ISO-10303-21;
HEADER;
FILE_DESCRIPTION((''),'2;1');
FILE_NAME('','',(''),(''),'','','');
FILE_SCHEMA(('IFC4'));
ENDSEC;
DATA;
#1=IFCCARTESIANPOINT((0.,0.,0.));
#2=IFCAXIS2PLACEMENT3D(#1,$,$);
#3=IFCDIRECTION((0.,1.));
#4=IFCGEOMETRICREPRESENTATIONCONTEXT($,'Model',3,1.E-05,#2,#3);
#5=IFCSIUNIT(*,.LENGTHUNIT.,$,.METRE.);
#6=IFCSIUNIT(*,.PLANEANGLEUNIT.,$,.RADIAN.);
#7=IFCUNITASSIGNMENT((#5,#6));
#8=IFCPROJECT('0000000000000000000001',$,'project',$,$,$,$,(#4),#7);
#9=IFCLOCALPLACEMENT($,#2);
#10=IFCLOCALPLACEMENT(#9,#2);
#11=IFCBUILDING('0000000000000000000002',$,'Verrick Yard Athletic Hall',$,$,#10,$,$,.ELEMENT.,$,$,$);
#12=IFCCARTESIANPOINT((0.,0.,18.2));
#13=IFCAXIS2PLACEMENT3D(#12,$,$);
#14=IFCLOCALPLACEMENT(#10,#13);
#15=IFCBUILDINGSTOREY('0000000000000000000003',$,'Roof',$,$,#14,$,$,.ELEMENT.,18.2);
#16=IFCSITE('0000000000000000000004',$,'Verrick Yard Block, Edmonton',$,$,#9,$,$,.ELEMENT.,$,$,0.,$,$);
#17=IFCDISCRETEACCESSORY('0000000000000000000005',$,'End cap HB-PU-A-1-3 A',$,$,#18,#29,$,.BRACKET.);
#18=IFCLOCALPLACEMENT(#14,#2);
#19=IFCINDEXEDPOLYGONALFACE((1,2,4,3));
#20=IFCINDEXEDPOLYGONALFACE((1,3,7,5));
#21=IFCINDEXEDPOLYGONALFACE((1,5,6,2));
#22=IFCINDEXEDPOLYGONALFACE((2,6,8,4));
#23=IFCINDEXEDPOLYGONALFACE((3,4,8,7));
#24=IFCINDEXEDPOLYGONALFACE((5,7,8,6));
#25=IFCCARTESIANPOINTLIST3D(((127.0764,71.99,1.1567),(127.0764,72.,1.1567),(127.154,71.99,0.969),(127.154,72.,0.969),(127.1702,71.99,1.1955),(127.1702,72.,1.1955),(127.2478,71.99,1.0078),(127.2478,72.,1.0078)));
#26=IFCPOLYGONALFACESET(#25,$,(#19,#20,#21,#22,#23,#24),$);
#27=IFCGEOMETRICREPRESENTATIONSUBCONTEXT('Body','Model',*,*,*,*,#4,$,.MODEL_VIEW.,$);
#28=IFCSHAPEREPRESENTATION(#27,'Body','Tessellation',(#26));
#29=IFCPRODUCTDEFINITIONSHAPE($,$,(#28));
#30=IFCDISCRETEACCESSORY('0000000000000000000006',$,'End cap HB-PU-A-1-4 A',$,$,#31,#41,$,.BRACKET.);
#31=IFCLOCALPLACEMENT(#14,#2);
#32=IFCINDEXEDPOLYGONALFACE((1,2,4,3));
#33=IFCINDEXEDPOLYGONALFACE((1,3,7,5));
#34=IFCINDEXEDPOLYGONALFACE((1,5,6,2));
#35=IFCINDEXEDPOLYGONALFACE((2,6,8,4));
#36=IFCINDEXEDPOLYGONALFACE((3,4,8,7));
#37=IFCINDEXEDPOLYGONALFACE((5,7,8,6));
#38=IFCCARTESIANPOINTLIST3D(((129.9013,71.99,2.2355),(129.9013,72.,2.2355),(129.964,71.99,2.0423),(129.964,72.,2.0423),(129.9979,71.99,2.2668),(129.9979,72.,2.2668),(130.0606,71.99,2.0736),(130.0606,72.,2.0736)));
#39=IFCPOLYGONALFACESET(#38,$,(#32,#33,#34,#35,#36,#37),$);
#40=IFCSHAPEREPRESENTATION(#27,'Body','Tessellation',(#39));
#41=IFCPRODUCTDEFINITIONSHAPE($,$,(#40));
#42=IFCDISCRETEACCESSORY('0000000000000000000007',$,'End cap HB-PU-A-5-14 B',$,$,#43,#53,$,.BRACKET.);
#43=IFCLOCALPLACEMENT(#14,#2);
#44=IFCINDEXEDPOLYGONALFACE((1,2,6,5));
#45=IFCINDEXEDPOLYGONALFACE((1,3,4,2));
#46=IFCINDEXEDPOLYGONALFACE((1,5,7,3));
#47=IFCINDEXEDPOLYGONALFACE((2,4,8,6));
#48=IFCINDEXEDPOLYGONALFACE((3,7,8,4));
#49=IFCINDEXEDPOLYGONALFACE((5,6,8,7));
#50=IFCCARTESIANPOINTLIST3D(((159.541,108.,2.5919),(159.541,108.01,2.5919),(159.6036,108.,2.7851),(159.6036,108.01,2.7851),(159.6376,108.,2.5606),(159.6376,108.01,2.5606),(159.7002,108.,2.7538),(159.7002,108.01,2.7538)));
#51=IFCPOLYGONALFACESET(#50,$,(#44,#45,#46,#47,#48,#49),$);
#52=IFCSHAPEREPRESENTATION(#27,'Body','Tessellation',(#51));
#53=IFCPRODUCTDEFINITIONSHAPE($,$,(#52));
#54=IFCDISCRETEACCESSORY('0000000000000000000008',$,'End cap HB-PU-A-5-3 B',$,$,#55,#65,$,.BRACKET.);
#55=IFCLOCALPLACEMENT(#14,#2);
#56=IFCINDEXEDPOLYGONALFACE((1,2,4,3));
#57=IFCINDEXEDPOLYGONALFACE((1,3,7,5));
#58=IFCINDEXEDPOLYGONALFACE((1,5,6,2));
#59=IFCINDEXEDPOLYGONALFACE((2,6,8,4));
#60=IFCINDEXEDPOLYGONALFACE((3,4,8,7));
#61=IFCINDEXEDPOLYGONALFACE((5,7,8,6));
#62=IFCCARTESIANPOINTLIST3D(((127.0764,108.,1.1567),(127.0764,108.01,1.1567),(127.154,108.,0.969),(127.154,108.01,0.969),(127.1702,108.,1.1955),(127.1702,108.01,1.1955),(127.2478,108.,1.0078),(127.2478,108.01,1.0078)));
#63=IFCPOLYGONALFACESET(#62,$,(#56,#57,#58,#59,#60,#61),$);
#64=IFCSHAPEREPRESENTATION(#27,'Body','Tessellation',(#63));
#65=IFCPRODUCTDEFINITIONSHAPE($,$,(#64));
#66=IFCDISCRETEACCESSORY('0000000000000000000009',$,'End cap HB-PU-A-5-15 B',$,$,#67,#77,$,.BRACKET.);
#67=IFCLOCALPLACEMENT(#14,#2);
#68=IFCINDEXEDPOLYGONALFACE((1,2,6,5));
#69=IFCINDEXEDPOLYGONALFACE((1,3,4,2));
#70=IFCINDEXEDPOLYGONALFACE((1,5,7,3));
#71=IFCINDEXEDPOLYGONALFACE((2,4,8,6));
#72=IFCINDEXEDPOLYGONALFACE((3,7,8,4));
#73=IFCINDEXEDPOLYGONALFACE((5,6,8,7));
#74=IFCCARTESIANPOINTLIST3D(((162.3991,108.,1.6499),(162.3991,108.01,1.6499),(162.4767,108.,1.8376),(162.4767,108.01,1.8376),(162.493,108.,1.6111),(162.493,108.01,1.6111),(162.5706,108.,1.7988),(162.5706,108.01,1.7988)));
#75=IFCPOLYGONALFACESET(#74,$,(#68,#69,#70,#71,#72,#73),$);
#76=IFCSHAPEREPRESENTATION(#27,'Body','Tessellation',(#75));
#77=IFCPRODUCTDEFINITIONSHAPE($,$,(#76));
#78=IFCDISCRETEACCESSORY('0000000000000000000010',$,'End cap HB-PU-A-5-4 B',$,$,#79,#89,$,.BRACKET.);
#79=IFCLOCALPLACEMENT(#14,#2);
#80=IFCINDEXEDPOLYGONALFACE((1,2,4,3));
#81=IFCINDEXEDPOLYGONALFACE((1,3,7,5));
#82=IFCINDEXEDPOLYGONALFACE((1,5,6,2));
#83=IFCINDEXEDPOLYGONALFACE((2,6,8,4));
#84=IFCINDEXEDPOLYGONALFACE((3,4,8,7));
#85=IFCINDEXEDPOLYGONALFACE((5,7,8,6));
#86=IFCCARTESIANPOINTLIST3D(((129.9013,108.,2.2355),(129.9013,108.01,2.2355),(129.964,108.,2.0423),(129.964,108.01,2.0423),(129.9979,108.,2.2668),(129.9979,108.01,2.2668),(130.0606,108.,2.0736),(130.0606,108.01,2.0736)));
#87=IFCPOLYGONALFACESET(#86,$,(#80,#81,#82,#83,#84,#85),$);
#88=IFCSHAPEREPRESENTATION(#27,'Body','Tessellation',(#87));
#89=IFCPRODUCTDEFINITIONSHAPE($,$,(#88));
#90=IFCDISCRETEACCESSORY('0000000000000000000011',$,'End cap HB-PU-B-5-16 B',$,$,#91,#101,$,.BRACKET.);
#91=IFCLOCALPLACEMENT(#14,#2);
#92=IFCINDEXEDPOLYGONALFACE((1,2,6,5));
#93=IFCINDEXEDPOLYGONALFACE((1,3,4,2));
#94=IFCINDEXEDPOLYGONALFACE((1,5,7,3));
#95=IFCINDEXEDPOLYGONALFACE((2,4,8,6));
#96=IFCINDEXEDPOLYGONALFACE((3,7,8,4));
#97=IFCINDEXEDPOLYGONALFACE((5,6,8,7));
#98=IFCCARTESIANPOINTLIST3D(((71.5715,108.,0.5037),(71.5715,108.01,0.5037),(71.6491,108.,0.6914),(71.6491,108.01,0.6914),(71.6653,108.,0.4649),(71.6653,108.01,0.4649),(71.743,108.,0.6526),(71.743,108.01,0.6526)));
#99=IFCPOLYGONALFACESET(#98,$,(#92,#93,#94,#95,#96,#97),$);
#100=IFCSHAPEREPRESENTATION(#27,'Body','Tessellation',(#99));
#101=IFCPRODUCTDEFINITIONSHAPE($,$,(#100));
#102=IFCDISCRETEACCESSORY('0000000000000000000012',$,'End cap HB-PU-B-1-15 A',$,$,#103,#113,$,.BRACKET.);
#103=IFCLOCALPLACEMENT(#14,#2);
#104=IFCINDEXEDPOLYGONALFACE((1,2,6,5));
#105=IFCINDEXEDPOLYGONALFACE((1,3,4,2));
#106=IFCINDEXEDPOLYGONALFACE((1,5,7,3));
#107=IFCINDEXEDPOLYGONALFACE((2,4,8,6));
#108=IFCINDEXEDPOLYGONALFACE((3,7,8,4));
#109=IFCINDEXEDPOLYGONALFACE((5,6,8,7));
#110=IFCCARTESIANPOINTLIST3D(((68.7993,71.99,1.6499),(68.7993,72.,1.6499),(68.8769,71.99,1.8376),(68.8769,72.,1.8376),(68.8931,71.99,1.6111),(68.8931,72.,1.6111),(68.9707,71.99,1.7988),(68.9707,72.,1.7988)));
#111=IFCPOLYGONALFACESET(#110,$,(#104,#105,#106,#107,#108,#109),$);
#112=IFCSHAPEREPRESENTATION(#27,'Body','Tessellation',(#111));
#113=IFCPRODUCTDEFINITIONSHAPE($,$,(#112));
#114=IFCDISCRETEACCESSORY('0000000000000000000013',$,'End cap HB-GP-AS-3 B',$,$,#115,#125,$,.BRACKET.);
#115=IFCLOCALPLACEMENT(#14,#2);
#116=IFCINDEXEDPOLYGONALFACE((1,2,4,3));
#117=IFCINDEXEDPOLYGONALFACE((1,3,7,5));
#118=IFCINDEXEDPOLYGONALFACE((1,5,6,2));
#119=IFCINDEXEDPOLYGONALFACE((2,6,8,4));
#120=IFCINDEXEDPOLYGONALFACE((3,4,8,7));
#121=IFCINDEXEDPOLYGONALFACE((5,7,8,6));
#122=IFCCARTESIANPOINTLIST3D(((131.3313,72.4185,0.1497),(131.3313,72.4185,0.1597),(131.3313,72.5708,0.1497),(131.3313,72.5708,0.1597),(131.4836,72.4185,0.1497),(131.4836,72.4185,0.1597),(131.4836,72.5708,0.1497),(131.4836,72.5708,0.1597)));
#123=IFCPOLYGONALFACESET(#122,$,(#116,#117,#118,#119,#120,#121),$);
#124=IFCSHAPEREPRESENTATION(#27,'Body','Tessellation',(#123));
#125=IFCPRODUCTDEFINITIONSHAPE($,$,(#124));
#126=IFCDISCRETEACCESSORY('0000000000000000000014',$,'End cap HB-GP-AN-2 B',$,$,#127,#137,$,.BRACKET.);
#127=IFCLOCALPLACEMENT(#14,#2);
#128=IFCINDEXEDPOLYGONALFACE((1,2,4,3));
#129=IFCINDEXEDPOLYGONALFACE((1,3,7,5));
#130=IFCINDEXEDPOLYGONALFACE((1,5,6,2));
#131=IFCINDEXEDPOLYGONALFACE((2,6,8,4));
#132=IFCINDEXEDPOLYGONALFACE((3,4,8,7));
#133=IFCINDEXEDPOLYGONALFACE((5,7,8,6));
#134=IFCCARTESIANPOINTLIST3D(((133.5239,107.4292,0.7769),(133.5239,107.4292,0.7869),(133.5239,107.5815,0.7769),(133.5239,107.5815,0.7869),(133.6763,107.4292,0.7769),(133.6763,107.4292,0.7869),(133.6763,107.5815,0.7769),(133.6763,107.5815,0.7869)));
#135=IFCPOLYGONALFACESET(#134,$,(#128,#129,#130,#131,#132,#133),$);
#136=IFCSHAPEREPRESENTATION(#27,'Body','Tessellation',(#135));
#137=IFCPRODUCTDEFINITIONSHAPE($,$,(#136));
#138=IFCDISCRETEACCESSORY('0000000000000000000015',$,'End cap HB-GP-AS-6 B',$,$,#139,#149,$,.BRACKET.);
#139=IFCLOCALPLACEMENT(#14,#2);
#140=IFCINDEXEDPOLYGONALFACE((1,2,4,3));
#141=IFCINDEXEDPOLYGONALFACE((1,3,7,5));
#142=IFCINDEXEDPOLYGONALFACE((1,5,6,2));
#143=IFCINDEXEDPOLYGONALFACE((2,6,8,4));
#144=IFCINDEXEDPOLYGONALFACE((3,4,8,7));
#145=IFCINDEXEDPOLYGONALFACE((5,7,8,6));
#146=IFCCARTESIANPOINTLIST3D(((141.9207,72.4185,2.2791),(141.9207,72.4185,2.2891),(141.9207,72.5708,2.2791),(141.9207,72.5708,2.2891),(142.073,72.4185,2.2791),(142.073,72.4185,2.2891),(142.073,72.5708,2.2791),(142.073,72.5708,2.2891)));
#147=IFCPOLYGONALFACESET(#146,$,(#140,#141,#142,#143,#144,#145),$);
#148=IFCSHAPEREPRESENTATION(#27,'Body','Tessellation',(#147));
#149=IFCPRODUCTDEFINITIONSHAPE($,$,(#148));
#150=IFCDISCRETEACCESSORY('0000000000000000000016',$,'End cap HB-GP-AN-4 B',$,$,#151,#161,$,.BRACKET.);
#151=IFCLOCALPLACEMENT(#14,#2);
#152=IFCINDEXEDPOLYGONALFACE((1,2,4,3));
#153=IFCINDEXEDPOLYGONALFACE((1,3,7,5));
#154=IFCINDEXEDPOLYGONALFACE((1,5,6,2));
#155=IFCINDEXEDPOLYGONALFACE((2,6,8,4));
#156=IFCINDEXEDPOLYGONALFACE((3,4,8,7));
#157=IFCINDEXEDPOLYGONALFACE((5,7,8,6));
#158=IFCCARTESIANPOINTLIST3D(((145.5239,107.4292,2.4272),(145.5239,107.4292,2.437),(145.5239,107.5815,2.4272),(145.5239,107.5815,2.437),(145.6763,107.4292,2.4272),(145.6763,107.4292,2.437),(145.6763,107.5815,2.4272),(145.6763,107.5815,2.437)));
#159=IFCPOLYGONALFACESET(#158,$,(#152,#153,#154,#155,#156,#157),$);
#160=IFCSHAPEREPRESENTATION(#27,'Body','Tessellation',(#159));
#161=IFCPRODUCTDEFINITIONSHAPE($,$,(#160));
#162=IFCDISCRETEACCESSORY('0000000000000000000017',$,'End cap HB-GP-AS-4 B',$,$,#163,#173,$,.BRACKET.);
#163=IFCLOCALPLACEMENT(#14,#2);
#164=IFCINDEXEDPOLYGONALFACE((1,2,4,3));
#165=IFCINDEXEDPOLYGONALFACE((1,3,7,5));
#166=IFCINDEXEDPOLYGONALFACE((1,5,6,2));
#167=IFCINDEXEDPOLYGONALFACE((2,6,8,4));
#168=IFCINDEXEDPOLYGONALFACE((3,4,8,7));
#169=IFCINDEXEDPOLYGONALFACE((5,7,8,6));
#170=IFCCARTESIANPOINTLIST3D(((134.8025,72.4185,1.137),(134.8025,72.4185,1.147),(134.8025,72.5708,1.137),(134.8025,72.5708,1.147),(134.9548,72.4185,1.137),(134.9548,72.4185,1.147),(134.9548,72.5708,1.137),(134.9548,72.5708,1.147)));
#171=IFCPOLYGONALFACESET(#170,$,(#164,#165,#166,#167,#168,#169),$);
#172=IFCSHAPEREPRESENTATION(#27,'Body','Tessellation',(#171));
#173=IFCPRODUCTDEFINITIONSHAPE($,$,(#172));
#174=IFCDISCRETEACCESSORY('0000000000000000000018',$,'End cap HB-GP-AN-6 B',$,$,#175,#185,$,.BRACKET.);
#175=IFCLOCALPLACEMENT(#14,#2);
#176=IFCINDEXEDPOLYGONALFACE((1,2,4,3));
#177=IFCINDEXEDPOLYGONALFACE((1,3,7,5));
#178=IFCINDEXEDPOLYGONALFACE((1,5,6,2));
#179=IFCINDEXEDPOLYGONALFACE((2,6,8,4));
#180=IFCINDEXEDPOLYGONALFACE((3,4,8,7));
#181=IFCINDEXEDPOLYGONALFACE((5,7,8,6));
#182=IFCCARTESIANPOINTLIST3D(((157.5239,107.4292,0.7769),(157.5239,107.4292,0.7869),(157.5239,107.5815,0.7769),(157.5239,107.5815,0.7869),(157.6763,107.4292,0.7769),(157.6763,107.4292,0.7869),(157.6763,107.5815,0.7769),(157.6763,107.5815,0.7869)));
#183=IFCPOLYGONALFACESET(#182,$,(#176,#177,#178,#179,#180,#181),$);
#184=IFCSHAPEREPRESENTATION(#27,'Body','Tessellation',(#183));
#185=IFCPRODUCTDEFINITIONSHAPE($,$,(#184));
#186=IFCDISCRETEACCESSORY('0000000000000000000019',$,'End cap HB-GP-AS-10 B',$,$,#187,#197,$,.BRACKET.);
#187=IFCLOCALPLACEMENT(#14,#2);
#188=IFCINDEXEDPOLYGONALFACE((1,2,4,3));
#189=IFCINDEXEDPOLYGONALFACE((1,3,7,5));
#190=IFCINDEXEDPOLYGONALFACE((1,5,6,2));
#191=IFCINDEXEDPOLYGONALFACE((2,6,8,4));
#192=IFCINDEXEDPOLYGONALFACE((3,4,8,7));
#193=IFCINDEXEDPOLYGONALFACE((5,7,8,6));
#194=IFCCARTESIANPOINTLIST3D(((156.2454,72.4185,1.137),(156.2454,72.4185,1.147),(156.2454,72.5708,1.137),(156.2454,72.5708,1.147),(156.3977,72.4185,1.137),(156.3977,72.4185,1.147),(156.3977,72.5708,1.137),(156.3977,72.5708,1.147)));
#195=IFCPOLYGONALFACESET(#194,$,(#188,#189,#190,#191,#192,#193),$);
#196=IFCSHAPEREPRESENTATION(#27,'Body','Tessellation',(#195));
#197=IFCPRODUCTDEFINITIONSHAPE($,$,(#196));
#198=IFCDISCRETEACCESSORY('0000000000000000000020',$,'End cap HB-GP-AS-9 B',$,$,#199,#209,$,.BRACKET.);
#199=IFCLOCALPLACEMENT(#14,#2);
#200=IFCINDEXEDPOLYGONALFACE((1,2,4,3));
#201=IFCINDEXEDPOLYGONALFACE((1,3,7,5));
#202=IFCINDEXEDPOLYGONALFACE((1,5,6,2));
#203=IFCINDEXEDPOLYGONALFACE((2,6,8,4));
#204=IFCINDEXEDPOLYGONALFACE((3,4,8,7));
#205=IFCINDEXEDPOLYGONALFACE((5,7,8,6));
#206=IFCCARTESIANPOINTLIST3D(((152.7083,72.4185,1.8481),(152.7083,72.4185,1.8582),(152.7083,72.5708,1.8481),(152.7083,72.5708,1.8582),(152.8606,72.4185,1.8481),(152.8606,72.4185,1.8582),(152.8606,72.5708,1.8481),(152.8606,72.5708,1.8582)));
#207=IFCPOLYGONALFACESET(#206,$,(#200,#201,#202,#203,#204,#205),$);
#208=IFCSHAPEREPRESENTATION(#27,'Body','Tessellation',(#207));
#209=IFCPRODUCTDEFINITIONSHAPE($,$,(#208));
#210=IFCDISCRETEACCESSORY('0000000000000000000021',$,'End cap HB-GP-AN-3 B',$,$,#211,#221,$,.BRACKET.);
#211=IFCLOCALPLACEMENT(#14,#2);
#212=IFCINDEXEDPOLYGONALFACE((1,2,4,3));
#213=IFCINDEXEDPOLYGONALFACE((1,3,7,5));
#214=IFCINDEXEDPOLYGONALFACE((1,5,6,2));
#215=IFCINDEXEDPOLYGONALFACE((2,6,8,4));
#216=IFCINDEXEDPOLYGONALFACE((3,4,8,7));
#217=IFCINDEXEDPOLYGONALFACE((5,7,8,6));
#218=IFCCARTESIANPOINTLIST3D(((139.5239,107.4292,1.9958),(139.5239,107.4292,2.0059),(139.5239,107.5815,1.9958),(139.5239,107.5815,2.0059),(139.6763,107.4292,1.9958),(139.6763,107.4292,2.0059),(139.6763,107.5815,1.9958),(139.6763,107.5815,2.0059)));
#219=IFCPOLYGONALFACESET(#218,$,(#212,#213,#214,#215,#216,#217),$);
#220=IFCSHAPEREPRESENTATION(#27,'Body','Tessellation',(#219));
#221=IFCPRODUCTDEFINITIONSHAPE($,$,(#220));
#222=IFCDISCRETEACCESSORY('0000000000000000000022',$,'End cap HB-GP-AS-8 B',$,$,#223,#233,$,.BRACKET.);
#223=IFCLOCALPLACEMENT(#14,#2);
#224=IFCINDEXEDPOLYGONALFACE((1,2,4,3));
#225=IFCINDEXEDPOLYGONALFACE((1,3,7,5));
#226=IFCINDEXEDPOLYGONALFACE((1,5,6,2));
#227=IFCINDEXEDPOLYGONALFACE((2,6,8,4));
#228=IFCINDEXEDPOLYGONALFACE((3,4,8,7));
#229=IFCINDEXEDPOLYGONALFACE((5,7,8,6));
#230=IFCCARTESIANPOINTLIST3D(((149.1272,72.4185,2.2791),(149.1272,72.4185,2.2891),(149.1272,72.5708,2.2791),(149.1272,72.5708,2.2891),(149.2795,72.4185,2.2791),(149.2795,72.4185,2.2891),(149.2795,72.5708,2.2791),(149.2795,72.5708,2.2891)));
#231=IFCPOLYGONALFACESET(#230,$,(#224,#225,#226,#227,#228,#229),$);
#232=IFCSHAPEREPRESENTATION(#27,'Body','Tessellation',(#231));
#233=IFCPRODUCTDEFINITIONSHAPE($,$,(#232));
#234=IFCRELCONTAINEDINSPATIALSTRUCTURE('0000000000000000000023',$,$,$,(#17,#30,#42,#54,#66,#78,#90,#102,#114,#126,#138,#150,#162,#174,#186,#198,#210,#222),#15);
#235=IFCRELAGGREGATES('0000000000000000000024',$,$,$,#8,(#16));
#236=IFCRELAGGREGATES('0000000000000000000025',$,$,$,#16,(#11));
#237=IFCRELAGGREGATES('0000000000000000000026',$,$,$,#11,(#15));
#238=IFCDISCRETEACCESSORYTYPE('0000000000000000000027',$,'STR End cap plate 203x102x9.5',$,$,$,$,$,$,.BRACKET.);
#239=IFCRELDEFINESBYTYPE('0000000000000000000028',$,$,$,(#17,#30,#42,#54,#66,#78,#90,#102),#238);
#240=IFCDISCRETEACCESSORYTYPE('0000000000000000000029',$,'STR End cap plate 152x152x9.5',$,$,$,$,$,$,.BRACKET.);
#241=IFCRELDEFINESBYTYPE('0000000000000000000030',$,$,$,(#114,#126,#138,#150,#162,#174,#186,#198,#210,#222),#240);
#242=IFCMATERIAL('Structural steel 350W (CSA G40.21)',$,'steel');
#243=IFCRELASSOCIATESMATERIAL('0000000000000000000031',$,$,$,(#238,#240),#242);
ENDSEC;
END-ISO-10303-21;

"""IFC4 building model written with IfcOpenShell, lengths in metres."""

from ifc_helpers import new_model, si_unit, direction, frame, origin, origin_2d, place, context, subcontext, project, spatial, rectangle, extrude, material, material_profile, profile_set, type_object, element, save


model = new_model("IFC4")

# Units and contexts
model_context = context("Model", 3, precision=1e-05, world=origin(), true_north=direction((0.0, 1.0)))
body_context = subcontext(model_context, "Body", "Model", "MODEL_VIEW")
ifc_project = project(units=[si_unit("LENGTHUNIT", "METRE"), si_unit("PLANEANGLEUNIT", "RADIAN")], contexts=[model_context])

# Site, building, storey
site_placement = place(None, origin())
site = spatial("IfcSite", under=ifc_project, at=site_placement, Name="Verrick Yard Block, Edmonton", CompositionType="ELEMENT", RefElevation=0.0)
building_placement = place(site_placement, origin())
building = spatial("IfcBuilding", under=site, at=building_placement, Name="Verrick Yard Athletic Hall", CompositionType="ELEMENT")
storey_placement = place(building_placement, frame((0.0, 0.0, 18.2)))
storey = spatial("IfcBuildingStorey", under=building, at=storey_placement, Name="Roof", CompositionType="ELEMENT", Elevation=18.2)

# Discrete accessories
ifc_material_1 = material(Name="Structural steel 350W (CSA G40.21)", Category="steel")
ifc_material_profile_1 = material_profile(ifc_material_1, rectangle(XDim=0.1016, YDim=0.2031, at=origin_2d()), Name="STR End cap plate 203x102x9.5")
ifc_profile_set_1 = profile_set([ifc_material_profile_1], Name="Structural steel 350W (CSA G40.21)")
discrete_accessory_type_1 = type_object("IfcDiscreteAccessoryType", Name="STR End cap plate 203x102x9.5", PredefinedType="BRACKET", material=ifc_profile_set_1)
for number, where, z_axis, x_axis, name in (
    (1, (127.1621, 71.99, 1.0823), (0.0, 1.0, 0.0), (-0.924123, 0.0, -0.382096), "End cap HB-PU-A-1-3 A"),
    (2, (129.981, 71.99, 2.1545), (0.0, 1.0, 0.0), (-0.951214, 0.0, -0.308533), "End cap HB-PU-A-1-4 A"),
    (3, (159.6206, 108.0, 2.6729), (0.0, 1.0, 0.0), (-0.951214, 0.0, 0.308533), "End cap HB-PU-A-5-14 B"),
    (4, (127.1621, 108.0, 1.0823), (0.0, 1.0, 0.0), (-0.924123, 0.0, -0.382096), "End cap HB-PU-A-5-3 B"),
    (5, (162.4849, 108.0, 1.7244), (0.0, 1.0, 0.0), (-0.924123, 0.0, 0.382096), "End cap HB-PU-A-5-15 B"),
    (6, (129.981, 108.0, 2.1545), (0.0, 1.0, 0.0), (-0.951214, 0.0, -0.308533), "End cap HB-PU-A-5-4 B"),
    (7, (71.6572, 108.0, 0.5781), (0.0, 1.0, 0.0), (-0.924123, 0.0, 0.382096), "End cap HB-PU-B-5-16 B"),
    (8, (68.885, 71.99, 1.7244), (0.0, 1.0, 0.0), (-0.924123, 0.0, 0.382096), "End cap HB-PU-B-1-15 A"),
):
    element("IfcDiscreteAccessory", number, at=place(storey_placement, frame(where, z_axis=z_axis, x_axis=x_axis)), inside=storey, type_object=discrete_accessory_type_1, Name=name, PredefinedType="BRACKET", context=body_context, shape_type="SweptSolid", body=[
        extrude(rectangle(XDim=0.1016, YDim=0.2031, at=origin_2d()), origin(), (0.0, 0.0, 1.0), 0.01),
    ])
ifc_material_profile_2 = material_profile(ifc_material_1, rectangle(XDim=0.1523, YDim=0.1523, at=origin_2d()), Name="STR End cap plate 152x152x9.5")
ifc_profile_set_2 = profile_set([ifc_material_profile_2], Name="Structural steel 350W (CSA G40.21)")
discrete_accessory_type_2 = type_object("IfcDiscreteAccessoryType", Name="STR End cap plate 152x152x9.5", PredefinedType="BRACKET", material=ifc_profile_set_2)
for number, where, z_axis, x_axis, name in (
    (9, (131.4075, 72.4946, 0.1497), (0.0, 0.0, 1.0), (1.0, 0.0, 0.0), "End cap HB-GP-AS-3 B"),
    (10, (133.6001, 107.5054, 0.7769), (0.0, 0.0, 1.0), (1.0, 0.0, 0.0), "End cap HB-GP-AN-2 B"),
    (11, (141.9968, 72.4946, 2.2791), (0.0, 0.0, 1.0), (1.0, 0.0, 0.0), "End cap HB-GP-AS-6 B"),
):
    element("IfcDiscreteAccessory", number, at=place(storey_placement, frame(where, z_axis=z_axis, x_axis=x_axis)), inside=storey, type_object=discrete_accessory_type_2, Name=name, PredefinedType="BRACKET", context=body_context, shape_type="SweptSolid", body=[
        extrude(rectangle(XDim=0.1523, YDim=0.1523, at=origin_2d()), origin(), (0.0, 0.0, 1.0), 0.01),
    ])
discrete_accessory_placement = place(storey_placement, frame((145.6001, 107.5054, 2.4272), z_axis=(0.0, 0.0, 1.0), x_axis=(1.0, 0.0, 0.0)))
element("IfcDiscreteAccessory", 12, at=discrete_accessory_placement, inside=storey, type_object=discrete_accessory_type_2, Name="End cap HB-GP-AN-4 B", PredefinedType="BRACKET", context=body_context, shape_type="SweptSolid", body=[
    extrude(rectangle(XDim=0.1523, YDim=0.1523, at=origin_2d()), origin(), (0.0, 0.0, 1.0), 0.0098),
])
for number, where, z_axis, x_axis, name in (
    (13, (134.8787, 72.4946, 1.137), (0.0, 0.0, 1.0), (1.0, 0.0, 0.0), "End cap HB-GP-AS-4 B"),
    (14, (157.6001, 107.5054, 0.7769), (0.0, 0.0, 1.0), (1.0, 0.0, 0.0), "End cap HB-GP-AN-6 B"),
    (15, (156.3215, 72.4946, 1.137), (0.0, 0.0, 1.0), (1.0, 0.0, 0.0), "End cap HB-GP-AS-10 B"),
    (16, (152.7844, 72.4946, 1.8481), (0.0, 0.0, 1.0), (1.0, 0.0, 0.0), "End cap HB-GP-AS-9 B"),
    (17, (139.6001, 107.5054, 1.9958), (0.0, 0.0, 1.0), (1.0, 0.0, 0.0), "End cap HB-GP-AN-3 B"),
    (18, (149.2034, 72.4946, 2.2791), (0.0, 0.0, 1.0), (1.0, 0.0, 0.0), "End cap HB-GP-AS-8 B"),
):
    element("IfcDiscreteAccessory", number, at=place(storey_placement, frame(where, z_axis=z_axis, x_axis=x_axis)), inside=storey, type_object=discrete_accessory_type_2, Name=name, PredefinedType="BRACKET", context=body_context, shape_type="SweptSolid", body=[
        extrude(rectangle(XDim=0.1523, YDim=0.1523, at=origin_2d()), origin(), (0.0, 0.0, 1.0), 0.01),
    ])

save(model, "model.ifc")
